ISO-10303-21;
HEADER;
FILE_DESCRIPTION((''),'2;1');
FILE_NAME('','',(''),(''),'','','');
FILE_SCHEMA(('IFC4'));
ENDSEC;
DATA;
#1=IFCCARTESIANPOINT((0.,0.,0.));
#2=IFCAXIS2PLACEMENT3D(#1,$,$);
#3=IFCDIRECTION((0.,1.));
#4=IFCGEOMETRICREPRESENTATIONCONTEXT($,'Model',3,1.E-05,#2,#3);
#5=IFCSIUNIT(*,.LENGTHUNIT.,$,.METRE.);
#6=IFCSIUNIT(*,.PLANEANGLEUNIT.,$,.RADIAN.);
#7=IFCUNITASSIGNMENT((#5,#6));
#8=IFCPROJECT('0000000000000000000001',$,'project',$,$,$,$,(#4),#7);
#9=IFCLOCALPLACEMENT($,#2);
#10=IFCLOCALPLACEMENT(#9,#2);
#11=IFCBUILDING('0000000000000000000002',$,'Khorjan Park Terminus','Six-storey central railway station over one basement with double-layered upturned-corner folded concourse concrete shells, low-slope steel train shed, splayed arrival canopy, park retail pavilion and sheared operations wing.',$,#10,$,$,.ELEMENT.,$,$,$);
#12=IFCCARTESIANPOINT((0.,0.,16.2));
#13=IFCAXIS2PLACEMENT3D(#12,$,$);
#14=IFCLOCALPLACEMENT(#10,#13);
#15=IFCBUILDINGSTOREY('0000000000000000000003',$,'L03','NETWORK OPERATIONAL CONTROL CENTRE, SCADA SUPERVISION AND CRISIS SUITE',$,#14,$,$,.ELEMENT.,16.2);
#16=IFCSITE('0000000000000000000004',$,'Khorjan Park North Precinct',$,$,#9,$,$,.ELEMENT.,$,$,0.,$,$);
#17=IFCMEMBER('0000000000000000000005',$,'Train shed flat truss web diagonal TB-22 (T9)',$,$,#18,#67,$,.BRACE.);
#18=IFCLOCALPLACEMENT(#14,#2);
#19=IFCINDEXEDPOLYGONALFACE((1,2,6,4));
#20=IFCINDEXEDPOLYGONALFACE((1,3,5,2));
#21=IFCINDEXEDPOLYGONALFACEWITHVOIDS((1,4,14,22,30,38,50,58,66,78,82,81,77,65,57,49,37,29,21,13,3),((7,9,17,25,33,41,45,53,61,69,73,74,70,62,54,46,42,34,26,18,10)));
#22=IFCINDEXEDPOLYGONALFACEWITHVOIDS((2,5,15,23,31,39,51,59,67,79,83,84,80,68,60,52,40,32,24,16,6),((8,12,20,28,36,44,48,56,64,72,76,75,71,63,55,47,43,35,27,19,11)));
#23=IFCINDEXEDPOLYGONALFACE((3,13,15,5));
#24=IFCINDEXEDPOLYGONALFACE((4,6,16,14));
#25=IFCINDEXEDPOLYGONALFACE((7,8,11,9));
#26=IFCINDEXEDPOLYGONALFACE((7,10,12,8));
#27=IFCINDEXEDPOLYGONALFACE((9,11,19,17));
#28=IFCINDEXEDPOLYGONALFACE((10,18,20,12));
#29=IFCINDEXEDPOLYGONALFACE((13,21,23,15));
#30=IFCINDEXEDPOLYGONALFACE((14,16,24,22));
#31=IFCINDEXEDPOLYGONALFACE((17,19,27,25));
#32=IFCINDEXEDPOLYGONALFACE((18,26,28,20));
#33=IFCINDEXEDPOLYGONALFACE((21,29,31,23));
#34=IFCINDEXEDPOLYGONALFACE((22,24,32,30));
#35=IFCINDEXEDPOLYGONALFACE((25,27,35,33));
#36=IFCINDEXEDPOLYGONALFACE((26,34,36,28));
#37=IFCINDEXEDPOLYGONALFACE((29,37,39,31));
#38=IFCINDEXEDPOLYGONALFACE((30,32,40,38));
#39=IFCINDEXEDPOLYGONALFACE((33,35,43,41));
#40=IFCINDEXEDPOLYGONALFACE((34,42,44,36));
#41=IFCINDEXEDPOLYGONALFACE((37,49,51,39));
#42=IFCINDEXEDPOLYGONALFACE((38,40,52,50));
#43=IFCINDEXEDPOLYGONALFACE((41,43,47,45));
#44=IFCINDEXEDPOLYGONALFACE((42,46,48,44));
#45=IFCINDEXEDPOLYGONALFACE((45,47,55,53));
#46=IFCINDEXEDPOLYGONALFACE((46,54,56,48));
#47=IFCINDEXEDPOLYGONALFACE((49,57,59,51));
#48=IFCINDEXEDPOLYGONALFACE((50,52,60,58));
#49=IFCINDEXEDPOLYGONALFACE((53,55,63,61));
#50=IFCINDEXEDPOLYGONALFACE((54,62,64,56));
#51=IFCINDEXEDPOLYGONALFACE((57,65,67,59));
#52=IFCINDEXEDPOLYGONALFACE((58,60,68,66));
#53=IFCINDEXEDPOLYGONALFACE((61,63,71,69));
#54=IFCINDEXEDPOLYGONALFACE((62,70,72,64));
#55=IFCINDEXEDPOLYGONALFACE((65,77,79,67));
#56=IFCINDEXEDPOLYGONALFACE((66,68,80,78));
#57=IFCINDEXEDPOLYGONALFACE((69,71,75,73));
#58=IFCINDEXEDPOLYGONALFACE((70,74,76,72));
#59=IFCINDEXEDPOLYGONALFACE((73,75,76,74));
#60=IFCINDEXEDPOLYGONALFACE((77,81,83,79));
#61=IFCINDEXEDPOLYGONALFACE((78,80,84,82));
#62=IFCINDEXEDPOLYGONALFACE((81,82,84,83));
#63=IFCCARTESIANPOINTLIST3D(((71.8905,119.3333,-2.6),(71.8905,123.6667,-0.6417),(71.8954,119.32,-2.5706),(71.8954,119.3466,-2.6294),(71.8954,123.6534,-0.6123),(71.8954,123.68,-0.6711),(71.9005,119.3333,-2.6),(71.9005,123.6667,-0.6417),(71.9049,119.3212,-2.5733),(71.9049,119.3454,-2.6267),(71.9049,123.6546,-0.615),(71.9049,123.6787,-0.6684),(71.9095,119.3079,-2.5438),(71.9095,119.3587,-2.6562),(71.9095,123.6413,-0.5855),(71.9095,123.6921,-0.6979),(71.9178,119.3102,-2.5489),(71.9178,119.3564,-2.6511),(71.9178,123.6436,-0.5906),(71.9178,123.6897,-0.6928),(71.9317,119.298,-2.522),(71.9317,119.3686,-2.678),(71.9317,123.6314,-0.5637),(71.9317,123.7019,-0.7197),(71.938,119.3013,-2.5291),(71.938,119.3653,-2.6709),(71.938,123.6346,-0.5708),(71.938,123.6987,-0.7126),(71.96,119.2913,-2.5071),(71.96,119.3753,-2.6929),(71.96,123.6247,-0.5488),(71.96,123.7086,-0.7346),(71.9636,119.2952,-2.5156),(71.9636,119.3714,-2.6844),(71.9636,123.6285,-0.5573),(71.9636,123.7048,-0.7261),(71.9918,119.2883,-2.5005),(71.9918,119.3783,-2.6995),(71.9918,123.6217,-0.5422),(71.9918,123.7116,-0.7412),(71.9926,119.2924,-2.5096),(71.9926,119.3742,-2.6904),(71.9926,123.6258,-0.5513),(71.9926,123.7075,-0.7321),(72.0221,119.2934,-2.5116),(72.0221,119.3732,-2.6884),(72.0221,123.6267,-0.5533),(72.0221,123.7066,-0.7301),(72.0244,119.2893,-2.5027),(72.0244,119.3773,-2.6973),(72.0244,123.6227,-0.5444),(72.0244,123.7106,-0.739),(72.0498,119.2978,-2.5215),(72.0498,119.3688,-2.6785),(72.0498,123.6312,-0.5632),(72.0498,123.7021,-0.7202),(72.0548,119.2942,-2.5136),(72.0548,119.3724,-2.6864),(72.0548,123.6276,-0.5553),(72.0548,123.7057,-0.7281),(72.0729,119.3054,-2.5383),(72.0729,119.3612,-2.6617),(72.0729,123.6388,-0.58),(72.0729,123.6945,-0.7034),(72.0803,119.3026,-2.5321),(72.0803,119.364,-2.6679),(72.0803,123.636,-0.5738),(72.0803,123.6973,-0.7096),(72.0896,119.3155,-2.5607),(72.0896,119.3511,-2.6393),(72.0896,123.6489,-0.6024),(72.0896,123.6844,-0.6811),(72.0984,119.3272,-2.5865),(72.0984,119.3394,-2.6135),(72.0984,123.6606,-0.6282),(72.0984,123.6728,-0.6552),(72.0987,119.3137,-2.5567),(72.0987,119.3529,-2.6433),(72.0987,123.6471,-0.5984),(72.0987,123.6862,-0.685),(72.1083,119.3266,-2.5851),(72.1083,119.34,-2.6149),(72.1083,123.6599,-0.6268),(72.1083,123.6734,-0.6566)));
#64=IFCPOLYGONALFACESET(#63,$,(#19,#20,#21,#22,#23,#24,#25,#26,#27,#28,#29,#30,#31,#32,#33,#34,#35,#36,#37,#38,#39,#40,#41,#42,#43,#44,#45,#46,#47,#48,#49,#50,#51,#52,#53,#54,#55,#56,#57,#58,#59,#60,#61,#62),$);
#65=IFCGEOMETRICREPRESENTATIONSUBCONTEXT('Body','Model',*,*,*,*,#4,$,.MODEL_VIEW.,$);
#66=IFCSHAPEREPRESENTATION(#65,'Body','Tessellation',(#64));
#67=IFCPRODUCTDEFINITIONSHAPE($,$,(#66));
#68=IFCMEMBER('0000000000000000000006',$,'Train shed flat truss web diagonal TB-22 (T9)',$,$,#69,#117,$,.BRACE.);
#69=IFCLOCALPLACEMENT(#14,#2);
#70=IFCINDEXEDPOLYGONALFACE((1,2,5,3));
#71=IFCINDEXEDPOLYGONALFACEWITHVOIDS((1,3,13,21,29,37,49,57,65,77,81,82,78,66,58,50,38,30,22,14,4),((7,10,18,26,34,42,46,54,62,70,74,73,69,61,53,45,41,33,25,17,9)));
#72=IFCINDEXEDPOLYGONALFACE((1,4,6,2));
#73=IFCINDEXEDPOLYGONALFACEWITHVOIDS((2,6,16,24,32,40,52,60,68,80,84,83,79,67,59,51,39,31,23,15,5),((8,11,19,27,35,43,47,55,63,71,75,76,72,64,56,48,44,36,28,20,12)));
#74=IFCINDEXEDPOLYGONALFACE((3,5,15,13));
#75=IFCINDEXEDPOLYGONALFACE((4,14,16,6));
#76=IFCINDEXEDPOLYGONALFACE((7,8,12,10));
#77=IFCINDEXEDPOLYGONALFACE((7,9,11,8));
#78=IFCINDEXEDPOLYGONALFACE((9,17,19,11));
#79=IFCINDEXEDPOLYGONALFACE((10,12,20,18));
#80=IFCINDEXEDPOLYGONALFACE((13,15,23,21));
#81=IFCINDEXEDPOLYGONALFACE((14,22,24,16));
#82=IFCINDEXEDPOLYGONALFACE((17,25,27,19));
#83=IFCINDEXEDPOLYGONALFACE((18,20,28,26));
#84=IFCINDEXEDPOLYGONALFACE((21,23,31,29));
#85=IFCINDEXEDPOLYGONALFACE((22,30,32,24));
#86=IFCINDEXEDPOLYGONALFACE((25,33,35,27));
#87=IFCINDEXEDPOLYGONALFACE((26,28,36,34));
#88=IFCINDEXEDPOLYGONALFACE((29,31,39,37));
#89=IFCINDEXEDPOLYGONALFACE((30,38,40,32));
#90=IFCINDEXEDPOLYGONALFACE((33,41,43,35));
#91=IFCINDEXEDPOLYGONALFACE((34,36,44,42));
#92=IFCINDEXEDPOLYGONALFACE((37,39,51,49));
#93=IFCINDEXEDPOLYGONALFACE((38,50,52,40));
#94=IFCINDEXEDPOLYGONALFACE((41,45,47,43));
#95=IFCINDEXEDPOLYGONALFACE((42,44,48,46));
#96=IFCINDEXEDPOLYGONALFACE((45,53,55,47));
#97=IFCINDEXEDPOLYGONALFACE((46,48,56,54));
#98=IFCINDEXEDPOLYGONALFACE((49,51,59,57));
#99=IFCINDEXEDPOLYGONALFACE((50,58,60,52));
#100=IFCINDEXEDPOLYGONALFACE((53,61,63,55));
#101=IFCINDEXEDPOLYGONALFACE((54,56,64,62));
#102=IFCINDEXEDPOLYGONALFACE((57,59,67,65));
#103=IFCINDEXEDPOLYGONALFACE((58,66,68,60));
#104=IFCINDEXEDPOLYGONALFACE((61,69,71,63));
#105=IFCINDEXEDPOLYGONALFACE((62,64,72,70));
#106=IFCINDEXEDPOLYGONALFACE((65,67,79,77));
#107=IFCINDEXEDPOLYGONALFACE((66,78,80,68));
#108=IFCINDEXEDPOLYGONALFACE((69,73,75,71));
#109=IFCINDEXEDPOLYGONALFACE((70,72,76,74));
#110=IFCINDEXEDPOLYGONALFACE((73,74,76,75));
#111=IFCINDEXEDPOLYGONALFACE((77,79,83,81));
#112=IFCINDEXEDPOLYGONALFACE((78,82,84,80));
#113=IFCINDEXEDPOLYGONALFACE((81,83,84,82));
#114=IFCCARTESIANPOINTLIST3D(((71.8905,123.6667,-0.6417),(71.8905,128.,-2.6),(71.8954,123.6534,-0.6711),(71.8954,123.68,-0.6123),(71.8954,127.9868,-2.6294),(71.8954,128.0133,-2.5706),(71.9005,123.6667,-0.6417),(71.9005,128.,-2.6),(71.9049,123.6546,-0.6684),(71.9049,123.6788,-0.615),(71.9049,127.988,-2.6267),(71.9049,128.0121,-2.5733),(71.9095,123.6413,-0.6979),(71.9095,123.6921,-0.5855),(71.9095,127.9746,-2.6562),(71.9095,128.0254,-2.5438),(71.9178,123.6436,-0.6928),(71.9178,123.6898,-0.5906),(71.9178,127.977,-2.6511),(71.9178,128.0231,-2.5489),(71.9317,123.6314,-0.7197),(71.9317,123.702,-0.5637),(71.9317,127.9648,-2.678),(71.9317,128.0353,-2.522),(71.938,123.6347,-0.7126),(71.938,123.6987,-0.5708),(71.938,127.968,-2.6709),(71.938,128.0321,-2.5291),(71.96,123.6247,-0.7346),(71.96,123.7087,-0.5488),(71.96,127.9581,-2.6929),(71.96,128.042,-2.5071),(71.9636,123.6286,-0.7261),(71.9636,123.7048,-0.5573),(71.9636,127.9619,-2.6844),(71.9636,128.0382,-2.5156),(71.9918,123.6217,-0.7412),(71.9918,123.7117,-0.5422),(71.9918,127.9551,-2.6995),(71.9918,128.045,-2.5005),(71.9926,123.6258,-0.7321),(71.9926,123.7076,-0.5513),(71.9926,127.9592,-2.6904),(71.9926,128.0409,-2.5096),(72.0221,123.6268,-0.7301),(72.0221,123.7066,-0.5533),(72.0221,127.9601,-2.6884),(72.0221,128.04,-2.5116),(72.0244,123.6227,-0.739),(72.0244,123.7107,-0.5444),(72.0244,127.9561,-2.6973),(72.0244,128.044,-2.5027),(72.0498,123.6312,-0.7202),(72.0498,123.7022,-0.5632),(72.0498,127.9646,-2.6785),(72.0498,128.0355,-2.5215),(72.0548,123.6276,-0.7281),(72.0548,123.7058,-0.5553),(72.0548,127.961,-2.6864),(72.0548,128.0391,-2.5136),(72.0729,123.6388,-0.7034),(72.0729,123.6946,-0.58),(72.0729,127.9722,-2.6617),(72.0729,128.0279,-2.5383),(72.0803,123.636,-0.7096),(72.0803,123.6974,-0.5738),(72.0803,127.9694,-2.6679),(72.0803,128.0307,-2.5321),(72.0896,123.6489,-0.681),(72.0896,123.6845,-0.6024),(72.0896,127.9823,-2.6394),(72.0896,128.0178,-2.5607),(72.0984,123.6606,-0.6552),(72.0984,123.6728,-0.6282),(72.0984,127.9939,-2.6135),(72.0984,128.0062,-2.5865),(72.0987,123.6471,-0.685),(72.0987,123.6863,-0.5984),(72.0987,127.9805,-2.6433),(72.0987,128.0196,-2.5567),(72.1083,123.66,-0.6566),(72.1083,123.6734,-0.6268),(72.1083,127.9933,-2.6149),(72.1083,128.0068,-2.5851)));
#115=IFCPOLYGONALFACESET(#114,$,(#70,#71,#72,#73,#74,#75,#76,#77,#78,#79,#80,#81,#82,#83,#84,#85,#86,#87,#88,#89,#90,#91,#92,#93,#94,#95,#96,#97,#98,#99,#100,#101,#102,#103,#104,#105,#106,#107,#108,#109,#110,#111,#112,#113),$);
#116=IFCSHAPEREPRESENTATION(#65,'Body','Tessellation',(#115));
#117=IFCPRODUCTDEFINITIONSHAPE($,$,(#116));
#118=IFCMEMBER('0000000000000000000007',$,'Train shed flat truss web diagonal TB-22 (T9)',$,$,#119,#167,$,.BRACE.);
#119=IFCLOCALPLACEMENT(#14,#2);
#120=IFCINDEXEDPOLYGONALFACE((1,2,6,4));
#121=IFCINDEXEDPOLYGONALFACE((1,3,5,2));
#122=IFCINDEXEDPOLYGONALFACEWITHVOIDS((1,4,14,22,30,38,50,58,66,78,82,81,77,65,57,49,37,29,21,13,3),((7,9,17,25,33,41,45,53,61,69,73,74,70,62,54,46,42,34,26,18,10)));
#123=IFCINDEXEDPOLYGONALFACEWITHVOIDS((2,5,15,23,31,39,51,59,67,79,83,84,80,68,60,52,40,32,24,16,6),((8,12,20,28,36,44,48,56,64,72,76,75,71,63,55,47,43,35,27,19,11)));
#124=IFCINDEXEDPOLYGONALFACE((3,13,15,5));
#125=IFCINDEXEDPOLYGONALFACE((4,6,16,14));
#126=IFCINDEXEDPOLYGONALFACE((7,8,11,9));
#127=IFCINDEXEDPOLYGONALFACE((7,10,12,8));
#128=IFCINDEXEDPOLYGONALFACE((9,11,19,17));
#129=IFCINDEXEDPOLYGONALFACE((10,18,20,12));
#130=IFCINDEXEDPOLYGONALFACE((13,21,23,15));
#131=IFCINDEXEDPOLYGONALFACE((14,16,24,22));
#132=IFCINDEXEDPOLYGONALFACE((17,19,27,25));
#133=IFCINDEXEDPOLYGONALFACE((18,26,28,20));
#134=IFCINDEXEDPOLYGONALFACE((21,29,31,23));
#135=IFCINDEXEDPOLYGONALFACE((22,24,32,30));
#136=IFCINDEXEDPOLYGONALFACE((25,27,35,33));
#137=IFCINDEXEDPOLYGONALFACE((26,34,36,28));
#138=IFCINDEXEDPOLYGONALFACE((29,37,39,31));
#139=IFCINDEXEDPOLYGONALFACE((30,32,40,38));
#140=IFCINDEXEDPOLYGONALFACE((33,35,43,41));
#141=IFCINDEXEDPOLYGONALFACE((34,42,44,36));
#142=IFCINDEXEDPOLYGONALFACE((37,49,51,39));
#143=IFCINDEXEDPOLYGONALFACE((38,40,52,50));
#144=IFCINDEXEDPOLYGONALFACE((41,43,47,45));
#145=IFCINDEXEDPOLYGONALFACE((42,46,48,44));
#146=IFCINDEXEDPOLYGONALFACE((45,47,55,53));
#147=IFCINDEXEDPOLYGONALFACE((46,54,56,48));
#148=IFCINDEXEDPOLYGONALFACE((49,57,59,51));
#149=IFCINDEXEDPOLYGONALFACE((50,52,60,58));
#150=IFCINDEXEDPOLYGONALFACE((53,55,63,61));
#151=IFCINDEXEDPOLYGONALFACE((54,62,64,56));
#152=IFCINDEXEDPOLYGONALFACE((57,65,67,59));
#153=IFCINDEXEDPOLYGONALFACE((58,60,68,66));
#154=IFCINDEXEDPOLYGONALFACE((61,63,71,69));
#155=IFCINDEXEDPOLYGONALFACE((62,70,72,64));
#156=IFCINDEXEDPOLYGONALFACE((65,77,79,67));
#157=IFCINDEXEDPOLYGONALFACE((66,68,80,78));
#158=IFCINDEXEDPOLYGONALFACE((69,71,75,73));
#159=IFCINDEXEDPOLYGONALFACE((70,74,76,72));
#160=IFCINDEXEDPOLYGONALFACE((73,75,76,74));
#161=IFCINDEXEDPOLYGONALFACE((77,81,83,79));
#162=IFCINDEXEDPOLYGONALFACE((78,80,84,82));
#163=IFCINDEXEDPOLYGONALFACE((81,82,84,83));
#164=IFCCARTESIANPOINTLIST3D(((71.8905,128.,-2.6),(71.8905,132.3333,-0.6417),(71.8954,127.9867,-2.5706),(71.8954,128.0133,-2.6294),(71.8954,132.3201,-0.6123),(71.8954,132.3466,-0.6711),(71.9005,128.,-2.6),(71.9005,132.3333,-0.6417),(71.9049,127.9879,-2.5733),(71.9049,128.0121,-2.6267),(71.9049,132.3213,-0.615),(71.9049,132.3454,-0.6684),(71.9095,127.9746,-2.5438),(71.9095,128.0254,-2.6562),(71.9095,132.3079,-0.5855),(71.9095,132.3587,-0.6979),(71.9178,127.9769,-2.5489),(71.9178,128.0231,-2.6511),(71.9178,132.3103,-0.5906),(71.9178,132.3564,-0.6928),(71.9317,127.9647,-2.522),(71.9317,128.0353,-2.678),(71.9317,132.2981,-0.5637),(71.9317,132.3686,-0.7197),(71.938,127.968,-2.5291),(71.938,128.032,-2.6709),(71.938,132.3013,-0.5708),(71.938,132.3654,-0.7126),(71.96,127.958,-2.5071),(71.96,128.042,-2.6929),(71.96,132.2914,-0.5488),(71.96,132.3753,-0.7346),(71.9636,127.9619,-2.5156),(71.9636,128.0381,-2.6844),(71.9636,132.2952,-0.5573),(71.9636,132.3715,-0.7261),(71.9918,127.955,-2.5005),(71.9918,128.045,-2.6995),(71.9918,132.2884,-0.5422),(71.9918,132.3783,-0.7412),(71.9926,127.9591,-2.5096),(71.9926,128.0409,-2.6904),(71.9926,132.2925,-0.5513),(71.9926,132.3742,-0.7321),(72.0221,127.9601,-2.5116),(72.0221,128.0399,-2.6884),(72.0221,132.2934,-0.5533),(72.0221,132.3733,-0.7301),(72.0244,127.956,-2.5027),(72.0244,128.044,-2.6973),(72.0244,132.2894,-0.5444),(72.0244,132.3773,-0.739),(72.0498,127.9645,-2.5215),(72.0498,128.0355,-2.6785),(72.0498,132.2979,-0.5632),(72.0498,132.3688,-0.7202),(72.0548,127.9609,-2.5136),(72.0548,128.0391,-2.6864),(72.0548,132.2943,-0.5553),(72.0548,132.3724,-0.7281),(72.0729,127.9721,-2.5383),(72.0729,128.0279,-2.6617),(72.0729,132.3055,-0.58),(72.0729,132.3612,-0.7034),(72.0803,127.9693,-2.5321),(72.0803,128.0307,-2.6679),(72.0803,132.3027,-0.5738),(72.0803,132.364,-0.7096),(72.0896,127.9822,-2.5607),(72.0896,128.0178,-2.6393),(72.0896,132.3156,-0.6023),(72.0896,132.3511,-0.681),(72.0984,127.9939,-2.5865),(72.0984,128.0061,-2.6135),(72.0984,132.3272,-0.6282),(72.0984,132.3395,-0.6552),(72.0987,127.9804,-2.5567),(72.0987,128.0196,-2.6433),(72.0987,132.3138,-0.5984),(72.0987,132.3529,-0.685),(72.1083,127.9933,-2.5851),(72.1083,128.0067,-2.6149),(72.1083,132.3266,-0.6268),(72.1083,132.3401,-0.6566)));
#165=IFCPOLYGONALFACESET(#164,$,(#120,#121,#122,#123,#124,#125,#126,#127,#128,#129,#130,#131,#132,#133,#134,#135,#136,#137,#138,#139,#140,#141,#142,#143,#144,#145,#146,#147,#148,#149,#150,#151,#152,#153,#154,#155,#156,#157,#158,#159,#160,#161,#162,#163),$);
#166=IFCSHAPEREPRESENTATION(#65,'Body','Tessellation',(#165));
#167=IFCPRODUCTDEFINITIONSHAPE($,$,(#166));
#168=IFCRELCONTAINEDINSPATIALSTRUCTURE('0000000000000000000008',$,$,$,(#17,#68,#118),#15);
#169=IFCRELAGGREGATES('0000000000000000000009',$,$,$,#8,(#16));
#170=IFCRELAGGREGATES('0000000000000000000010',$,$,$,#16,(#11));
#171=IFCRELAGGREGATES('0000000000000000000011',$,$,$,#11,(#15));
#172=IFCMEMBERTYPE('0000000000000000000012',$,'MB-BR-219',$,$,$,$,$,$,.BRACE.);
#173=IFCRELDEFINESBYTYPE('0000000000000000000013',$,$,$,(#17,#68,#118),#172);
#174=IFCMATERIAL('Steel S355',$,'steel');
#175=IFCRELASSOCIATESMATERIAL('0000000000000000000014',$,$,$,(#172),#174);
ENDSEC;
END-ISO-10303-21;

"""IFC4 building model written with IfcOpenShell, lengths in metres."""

from ifc_helpers import new_model, si_unit, direction, frame, origin, origin_2d, place, context, subcontext, project, spatial, hollow_circle, extrude, material, material_profile, profile_set, type_object, element, save


model = new_model("IFC4")

# Units and contexts
model_context = context("Model", 3, precision=1e-05, world=origin(), true_north=direction((0.0, 1.0)))
body_context = subcontext(model_context, "Body", "Model", "MODEL_VIEW")
ifc_project = project(units=[si_unit("LENGTHUNIT", "METRE"), si_unit("PLANEANGLEUNIT", "RADIAN")], contexts=[model_context])

# Site, building, storey
site_placement = place(None, origin())
site = spatial("IfcSite", under=ifc_project, at=site_placement, Name="Khorjan Park North Precinct", CompositionType="ELEMENT", RefElevation=0.0)
building_placement = place(site_placement, origin())
building = spatial("IfcBuilding", under=site, at=building_placement, Name="Khorjan Park Terminus", Description="Six-storey central railway station over one basement with double-layered upturned-corner folded concourse concrete shells, low-slope steel train shed, splayed arrival canopy, park retail pavilion and sheared operations wing.", CompositionType="ELEMENT")
storey_placement = place(building_placement, frame((0.0, 0.0, 16.2)))
storey = spatial("IfcBuildingStorey", under=building, at=storey_placement, Name="L03", Description="NETWORK OPERATIONAL CONTROL CENTRE, SCADA SUPERVISION AND CRISIS SUITE", CompositionType="ELEMENT", Elevation=16.2)

# Members
ifc_material = material(Name="Steel S355", Category="steel")
ifc_material_profile_1 = material_profile(ifc_material, hollow_circle(Radius=0.1095, WallThickness=0.01, at=origin_2d()), Name="CHS 219.1x10")
ifc_profile_set_1 = profile_set([ifc_material_profile_1], Name="Steel S355")
member_type_1 = type_object("IfcMemberType", Name="MB-BR-219", PredefinedType="BRACE", material=ifc_profile_set_1)
for number, where, z_axis, x_axis, name in (
    (1, (72.0, 119.3333, -2.6), (0.0, 0.91127, 0.41181), (-1.0, 0.0, 0.0), "Train shed flat truss web diagonal TB-22 (T9)"),
    (2, (72.0, 123.6667, -0.6417), (0.0, 0.911266, -0.411818), (-1.0, 0.0, 0.0), "Train shed flat truss web diagonal TB-22 (T9)"),
    (3, (72.0, 128.0, -2.6), (0.0, 0.911266, 0.411818), (-1.0, 0.0, 0.0), "Train shed flat truss web diagonal TB-22 (T9)"),
):
    element("IfcMember", number, at=place(storey_placement, frame(where, z_axis=z_axis, x_axis=x_axis)), inside=storey, type_object=member_type_1, Name=name, PredefinedType="BRACE", context=body_context, shape_type="SweptSolid", body=[
        extrude(hollow_circle(Radius=0.1095, WallThickness=0.01, at=origin_2d()), origin(), (0.0, 0.0, 1.0), 4.7553),
    ])

save(model, "model.ifc")
